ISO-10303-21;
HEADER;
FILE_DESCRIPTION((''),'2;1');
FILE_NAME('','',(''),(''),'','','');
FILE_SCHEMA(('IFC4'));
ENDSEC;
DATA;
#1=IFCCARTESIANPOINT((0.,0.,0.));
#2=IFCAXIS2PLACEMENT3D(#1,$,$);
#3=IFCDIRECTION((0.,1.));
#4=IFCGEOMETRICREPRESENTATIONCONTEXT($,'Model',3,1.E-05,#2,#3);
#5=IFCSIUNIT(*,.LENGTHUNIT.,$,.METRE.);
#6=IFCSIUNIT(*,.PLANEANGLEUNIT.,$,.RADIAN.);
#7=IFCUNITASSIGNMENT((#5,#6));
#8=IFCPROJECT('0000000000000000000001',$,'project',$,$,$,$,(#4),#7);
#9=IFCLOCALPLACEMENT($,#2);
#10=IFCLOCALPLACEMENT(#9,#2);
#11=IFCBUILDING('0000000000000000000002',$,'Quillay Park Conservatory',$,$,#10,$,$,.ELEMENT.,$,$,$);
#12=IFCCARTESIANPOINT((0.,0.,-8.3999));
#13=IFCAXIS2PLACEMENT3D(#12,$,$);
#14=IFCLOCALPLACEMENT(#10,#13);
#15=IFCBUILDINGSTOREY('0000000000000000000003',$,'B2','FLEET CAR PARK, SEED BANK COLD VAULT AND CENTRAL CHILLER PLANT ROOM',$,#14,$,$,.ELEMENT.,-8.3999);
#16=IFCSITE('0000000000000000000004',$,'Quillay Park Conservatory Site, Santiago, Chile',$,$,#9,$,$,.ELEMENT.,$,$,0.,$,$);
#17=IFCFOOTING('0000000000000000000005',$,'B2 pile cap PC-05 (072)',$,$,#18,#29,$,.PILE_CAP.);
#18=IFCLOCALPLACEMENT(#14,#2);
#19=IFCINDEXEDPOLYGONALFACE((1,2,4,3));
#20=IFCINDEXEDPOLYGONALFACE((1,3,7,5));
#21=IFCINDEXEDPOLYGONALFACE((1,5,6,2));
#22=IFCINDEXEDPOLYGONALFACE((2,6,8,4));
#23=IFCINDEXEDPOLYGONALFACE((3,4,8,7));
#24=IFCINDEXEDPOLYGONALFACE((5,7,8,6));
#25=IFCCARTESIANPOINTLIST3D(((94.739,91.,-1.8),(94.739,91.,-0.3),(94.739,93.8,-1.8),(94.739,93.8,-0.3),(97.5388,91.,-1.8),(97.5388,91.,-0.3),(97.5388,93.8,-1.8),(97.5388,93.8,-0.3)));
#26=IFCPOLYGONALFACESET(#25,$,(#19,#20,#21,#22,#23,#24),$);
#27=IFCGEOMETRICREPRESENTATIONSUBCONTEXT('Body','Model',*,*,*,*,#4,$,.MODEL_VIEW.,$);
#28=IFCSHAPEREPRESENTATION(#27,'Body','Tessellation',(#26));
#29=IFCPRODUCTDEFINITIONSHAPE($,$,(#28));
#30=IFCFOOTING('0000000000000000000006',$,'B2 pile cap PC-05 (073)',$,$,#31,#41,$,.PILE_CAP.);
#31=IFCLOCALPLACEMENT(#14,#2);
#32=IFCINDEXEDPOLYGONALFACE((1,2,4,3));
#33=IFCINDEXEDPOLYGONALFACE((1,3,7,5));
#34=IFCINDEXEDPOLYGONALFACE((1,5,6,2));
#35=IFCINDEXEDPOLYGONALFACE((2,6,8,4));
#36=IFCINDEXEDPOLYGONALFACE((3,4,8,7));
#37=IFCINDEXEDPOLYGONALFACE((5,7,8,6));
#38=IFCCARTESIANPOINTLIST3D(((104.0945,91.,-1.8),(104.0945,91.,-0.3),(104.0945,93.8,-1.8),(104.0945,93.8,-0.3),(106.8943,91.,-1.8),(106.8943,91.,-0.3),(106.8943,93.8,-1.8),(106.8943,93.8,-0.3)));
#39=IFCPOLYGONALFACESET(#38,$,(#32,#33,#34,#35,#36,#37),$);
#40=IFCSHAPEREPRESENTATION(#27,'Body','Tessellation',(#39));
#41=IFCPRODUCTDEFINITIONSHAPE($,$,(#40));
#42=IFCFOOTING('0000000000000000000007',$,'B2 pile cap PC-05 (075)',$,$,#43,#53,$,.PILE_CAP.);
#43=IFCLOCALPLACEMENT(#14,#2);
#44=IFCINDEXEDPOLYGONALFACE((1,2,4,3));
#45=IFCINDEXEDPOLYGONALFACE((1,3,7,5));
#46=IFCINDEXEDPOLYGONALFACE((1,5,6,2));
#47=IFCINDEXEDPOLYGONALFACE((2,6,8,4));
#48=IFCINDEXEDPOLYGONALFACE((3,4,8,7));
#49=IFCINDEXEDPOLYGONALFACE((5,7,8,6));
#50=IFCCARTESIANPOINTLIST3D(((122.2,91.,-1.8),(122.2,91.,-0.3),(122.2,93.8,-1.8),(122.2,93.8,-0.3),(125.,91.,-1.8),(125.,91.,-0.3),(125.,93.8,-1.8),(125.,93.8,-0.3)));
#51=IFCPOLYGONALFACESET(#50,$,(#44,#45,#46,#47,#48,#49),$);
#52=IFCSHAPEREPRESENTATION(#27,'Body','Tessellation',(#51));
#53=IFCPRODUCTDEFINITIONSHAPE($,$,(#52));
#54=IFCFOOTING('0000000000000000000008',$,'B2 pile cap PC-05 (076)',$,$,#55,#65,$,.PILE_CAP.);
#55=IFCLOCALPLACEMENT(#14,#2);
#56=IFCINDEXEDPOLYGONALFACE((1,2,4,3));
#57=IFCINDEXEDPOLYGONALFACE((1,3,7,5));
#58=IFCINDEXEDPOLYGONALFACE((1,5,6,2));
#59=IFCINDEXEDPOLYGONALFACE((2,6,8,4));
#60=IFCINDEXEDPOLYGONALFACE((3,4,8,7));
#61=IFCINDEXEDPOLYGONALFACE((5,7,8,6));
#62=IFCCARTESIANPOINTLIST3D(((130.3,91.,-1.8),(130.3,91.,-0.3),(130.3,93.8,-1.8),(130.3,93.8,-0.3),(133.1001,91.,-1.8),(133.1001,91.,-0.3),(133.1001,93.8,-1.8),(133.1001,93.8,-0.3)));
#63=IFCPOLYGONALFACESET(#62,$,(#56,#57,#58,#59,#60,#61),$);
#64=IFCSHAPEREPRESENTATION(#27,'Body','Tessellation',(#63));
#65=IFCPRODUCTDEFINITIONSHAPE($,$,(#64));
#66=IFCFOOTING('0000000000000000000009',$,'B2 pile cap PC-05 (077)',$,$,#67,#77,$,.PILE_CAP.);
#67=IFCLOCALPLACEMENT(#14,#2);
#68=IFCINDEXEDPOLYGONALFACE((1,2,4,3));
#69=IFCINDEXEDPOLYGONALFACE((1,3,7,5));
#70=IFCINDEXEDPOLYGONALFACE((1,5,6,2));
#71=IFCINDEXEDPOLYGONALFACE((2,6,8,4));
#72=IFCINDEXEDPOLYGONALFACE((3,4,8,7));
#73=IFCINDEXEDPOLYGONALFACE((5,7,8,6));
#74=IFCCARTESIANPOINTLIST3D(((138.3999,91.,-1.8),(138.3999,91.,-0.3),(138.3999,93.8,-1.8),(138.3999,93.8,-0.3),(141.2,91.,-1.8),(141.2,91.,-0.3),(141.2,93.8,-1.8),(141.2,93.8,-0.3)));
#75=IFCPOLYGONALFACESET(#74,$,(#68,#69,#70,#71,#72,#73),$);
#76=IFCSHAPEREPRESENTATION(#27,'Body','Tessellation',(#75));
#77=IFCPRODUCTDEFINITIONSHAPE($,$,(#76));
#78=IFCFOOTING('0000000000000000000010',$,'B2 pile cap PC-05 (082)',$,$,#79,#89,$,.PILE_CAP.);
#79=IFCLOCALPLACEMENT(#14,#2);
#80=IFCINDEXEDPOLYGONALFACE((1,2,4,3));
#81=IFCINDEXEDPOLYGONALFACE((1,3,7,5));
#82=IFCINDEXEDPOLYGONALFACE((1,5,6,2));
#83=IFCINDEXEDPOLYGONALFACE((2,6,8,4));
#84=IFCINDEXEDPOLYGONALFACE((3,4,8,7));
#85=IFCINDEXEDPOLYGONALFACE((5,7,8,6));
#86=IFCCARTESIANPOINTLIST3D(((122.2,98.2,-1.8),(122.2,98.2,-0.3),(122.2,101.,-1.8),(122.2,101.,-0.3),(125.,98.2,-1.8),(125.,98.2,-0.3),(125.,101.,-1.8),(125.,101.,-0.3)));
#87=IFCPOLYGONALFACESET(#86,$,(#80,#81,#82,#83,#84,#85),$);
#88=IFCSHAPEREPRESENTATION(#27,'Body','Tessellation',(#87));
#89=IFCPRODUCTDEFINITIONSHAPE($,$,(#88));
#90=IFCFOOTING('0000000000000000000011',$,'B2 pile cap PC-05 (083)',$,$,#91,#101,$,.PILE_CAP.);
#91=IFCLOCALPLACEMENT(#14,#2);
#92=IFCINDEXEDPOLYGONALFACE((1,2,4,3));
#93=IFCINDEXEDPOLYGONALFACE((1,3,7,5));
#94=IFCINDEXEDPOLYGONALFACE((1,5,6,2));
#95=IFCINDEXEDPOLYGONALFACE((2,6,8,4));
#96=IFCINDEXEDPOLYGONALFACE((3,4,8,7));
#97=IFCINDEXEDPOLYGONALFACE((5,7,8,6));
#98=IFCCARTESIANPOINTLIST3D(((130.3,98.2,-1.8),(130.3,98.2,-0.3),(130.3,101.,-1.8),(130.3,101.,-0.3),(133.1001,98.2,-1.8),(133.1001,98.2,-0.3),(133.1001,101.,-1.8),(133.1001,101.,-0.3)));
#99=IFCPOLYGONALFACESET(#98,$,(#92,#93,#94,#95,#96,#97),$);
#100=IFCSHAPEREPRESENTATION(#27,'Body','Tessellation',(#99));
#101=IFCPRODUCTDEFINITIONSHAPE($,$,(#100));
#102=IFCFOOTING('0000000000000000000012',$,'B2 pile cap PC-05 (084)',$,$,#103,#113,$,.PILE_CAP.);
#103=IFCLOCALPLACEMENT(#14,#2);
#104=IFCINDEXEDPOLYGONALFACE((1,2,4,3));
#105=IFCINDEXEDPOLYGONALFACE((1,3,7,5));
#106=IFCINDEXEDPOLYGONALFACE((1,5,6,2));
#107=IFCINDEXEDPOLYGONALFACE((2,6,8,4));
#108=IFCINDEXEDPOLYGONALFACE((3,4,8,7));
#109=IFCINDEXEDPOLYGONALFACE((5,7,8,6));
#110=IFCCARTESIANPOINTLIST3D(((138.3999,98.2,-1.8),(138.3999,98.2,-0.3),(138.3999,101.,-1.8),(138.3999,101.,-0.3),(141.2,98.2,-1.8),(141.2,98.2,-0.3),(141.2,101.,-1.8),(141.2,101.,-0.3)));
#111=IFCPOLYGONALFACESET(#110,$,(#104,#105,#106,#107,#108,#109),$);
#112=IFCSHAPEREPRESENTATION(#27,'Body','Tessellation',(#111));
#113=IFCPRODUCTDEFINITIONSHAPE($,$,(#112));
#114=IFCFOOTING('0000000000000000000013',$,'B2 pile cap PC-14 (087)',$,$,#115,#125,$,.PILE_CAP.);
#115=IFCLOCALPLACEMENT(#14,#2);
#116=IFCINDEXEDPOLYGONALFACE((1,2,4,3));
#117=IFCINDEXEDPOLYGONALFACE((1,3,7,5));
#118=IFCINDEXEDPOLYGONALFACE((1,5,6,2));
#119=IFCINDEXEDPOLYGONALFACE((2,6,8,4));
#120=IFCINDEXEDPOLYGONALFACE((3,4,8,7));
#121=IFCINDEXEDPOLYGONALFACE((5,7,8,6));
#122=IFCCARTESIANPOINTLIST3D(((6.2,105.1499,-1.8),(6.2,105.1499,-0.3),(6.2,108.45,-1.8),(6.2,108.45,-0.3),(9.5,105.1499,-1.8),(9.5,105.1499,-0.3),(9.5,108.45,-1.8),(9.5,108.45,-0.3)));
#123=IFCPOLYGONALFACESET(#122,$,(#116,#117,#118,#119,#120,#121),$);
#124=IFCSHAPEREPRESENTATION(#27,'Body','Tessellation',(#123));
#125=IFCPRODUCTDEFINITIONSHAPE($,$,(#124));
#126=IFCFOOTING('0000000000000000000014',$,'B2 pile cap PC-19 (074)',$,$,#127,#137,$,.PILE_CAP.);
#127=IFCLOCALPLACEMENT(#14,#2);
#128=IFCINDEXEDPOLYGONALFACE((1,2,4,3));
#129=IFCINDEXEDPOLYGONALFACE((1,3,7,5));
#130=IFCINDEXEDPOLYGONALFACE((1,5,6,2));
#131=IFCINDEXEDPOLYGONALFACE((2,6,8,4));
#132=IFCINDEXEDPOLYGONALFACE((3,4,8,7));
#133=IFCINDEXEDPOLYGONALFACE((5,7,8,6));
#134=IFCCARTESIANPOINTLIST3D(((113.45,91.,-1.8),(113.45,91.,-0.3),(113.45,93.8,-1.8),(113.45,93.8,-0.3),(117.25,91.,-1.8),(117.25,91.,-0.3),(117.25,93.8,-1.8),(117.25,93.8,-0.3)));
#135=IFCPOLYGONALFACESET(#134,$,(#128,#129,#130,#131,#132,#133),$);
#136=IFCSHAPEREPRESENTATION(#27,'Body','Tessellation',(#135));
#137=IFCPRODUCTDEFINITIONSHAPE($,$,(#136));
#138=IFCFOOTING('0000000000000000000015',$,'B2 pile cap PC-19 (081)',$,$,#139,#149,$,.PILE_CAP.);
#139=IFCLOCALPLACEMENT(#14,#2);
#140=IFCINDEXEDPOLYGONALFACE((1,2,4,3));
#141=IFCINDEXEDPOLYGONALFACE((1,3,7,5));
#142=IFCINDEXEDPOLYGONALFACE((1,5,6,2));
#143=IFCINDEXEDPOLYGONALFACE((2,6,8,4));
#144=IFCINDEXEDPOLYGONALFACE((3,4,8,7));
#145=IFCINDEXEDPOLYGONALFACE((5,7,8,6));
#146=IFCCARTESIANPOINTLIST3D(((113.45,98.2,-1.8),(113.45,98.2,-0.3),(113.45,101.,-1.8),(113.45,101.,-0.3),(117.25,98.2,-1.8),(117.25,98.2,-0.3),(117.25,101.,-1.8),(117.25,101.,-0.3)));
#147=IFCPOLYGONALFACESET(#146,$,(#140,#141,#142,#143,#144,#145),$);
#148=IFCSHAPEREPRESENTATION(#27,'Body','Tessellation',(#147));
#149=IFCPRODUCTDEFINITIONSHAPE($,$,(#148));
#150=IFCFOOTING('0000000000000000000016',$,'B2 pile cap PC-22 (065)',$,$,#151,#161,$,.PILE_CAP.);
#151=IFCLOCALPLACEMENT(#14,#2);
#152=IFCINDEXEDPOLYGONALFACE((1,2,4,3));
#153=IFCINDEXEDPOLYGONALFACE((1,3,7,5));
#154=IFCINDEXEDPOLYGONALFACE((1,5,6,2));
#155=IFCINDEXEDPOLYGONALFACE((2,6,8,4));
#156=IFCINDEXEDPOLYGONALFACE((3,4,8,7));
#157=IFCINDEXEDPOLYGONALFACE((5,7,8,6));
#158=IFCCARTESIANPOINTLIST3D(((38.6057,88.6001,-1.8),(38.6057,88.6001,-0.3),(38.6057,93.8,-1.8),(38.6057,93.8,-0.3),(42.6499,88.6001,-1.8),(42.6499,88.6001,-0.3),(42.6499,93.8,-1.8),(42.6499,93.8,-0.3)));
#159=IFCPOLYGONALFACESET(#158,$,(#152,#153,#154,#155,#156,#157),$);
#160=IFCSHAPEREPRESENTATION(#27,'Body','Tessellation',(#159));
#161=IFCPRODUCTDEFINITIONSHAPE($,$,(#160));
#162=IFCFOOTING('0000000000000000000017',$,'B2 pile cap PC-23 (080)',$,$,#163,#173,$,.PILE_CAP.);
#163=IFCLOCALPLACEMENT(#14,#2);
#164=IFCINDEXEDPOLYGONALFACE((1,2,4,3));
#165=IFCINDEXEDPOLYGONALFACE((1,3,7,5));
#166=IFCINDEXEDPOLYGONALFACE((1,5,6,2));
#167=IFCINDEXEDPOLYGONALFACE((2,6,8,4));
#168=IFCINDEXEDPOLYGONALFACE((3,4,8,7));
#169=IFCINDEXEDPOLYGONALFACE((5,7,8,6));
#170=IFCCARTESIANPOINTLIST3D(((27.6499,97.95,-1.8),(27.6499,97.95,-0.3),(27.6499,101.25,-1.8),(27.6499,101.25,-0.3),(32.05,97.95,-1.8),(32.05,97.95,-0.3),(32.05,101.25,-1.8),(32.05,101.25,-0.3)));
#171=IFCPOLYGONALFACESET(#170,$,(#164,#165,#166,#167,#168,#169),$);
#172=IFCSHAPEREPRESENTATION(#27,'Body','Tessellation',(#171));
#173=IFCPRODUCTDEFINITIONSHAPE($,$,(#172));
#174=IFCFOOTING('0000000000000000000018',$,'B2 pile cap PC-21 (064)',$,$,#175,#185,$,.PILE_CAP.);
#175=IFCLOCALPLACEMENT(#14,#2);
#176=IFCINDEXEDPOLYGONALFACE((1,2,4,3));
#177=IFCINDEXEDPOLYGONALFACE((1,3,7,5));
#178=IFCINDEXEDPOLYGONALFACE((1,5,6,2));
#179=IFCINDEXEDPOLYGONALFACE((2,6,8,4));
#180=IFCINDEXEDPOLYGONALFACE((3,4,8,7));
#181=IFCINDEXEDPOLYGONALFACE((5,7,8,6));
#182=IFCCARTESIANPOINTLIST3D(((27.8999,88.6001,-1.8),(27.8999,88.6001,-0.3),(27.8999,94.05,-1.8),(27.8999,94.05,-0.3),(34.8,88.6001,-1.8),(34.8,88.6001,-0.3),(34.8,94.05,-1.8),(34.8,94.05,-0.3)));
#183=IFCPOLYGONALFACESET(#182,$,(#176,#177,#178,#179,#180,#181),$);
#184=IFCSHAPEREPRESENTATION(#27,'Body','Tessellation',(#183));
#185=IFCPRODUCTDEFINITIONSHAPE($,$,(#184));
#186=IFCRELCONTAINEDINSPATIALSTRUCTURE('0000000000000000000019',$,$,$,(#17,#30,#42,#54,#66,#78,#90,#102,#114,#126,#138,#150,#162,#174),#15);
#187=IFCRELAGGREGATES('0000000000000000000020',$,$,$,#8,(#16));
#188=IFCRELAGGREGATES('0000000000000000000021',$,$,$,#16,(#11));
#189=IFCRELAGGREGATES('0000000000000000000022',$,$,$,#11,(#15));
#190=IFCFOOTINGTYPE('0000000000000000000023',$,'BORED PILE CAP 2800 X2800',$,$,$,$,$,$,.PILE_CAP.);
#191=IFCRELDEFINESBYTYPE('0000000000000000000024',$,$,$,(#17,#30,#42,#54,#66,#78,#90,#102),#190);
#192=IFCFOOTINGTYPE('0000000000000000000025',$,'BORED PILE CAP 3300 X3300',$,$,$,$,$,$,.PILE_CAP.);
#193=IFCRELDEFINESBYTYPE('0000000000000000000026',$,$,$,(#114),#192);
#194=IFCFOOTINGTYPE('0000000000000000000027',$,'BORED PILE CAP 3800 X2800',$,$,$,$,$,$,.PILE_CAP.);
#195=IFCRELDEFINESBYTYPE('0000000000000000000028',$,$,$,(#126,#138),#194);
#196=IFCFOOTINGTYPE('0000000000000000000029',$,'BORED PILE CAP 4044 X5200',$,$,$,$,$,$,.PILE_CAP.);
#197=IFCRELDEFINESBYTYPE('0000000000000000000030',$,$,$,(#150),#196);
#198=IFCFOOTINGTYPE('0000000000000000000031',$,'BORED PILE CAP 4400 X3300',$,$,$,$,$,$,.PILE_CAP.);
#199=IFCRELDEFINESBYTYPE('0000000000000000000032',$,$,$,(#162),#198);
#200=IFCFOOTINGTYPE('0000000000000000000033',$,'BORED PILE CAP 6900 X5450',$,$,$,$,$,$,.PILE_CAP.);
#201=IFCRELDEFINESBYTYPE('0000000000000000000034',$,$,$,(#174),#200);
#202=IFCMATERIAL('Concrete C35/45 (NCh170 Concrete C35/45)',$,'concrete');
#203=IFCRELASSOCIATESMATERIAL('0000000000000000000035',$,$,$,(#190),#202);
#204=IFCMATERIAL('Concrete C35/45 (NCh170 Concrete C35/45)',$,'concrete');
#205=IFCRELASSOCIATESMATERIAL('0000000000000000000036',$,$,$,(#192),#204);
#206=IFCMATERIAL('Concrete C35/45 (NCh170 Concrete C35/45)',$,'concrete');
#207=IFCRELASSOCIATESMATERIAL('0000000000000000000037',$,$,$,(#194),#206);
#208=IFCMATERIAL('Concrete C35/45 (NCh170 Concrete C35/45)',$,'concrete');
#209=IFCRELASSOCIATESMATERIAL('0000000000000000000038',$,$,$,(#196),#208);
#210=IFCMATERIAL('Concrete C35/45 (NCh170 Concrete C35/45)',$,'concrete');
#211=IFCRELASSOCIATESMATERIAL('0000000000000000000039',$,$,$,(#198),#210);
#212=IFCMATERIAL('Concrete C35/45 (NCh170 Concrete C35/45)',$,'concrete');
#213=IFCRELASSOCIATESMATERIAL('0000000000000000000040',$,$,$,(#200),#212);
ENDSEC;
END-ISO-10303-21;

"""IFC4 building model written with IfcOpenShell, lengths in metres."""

from ifc_helpers import new_model, si_unit, direction, frame, origin, place, context, subcontext, project, spatial, polyline, outline, extrude, material, type_object, element, save


model = new_model("IFC4")

# Units and contexts
model_context = context("Model", 3, precision=1e-05, world=origin(), true_north=direction((0.0, 1.0)))
body_context = subcontext(model_context, "Body", "Model", "MODEL_VIEW")
ifc_project = project(units=[si_unit("LENGTHUNIT", "METRE"), si_unit("PLANEANGLEUNIT", "RADIAN")], contexts=[model_context])

# Site, building, storey
site_placement = place(None, origin())
site = spatial("IfcSite", under=ifc_project, at=site_placement, Name="Quillay Park Conservatory Site, Santiago, Chile", CompositionType="ELEMENT", RefElevation=0.0)
building_placement = place(site_placement, origin())
building = spatial("IfcBuilding", under=site, at=building_placement, Name="Quillay Park Conservatory", CompositionType="ELEMENT")
storey_placement = place(building_placement, frame((0.0, 0.0, -8.3999)))
storey = spatial("IfcBuildingStorey", under=building, at=storey_placement, Name="B2", Description="FLEET CAR PARK, SEED BANK COLD VAULT AND CENTRAL CHILLER PLANT ROOM", CompositionType="ELEMENT", Elevation=-8.3999)

# Footings
ifc_material_1 = material(Name="Concrete C35/45 (NCh170 Concrete C35/45)", Category="concrete")
footing_type_1 = type_object("IfcFootingType", Name="BORED PILE CAP 2800 X2800", PredefinedType="PILE_CAP", material=ifc_material_1)
footing_1_placement = place(storey_placement, frame((0.0, 0.0, -1.8)))
element("IfcFooting", 1, at=footing_1_placement, inside=storey, type_object=footing_type_1, Name="B2 pile cap PC-05 (072)", PredefinedType="PILE_CAP", context=body_context, shape_type="SweptSolid", body=[
    extrude(outline(polyline([(94.739, 91.0), (97.5388, 91.0), (97.5388, 93.8), (94.739, 93.8), (94.739, 91.0)])), origin(), (0.0, 0.0, 1.0), 1.5),
])
footing_2_placement = place(storey_placement, frame((0.0, 0.0, -1.8)))
element("IfcFooting", 2, at=footing_2_placement, inside=storey, type_object=footing_type_1, Name="B2 pile cap PC-05 (073)", PredefinedType="PILE_CAP", context=body_context, shape_type="SweptSolid", body=[
    extrude(outline(polyline([(104.0945, 91.0), (106.8943, 91.0), (106.8943, 93.8), (104.0945, 93.8), (104.0945, 91.0)])), origin(), (0.0, 0.0, 1.0), 1.5),
])
footing_3_placement = place(storey_placement, frame((0.0, 0.0, -1.8)))
element("IfcFooting", 3, at=footing_3_placement, inside=storey, type_object=footing_type_1, Name="B2 pile cap PC-05 (075)", PredefinedType="PILE_CAP", context=body_context, shape_type="SweptSolid", body=[
    extrude(outline(polyline([(122.2, 91.0), (125.0, 91.0), (125.0, 93.8), (122.2, 93.8), (122.2, 91.0)])), origin(), (0.0, 0.0, 1.0), 1.5),
])
footing_4_placement = place(storey_placement, frame((0.0, 0.0, -1.8)))
element("IfcFooting", 4, at=footing_4_placement, inside=storey, type_object=footing_type_1, Name="B2 pile cap PC-05 (076)", PredefinedType="PILE_CAP", context=body_context, shape_type="SweptSolid", body=[
    extrude(outline(polyline([(130.3, 91.0), (133.1001, 91.0), (133.1001, 93.8), (130.3, 93.8), (130.3, 91.0)])), origin(), (0.0, 0.0, 1.0), 1.5),
])
footing_5_placement = place(storey_placement, frame((0.0, 0.0, -1.8)))
element("IfcFooting", 5, at=footing_5_placement, inside=storey, type_object=footing_type_1, Name="B2 pile cap PC-05 (077)", PredefinedType="PILE_CAP", context=body_context, shape_type="SweptSolid", body=[
    extrude(outline(polyline([(138.3999, 91.0), (141.2, 91.0), (141.2, 93.8), (138.3999, 93.8), (138.3999, 91.0)])), origin(), (0.0, 0.0, 1.0), 1.5),
])
footing_6_placement = place(storey_placement, frame((0.0, 0.0, -1.8)))
element("IfcFooting", 6, at=footing_6_placement, inside=storey, type_object=footing_type_1, Name="B2 pile cap PC-05 (082)", PredefinedType="PILE_CAP", context=body_context, shape_type="SweptSolid", body=[
    extrude(outline(polyline([(122.2, 98.2), (125.0, 98.2), (125.0, 101.0), (122.2, 101.0), (122.2, 98.2)])), origin(), (0.0, 0.0, 1.0), 1.5),
])
footing_7_placement = place(storey_placement, frame((0.0, 0.0, -1.8)))
element("IfcFooting", 7, at=footing_7_placement, inside=storey, type_object=footing_type_1, Name="B2 pile cap PC-05 (083)", PredefinedType="PILE_CAP", context=body_context, shape_type="SweptSolid", body=[
    extrude(outline(polyline([(130.3, 98.2), (133.1001, 98.2), (133.1001, 101.0), (130.3, 101.0), (130.3, 98.2)])), origin(), (0.0, 0.0, 1.0), 1.5),
])
footing_8_placement = place(storey_placement, frame((0.0, 0.0, -1.8)))
element("IfcFooting", 8, at=footing_8_placement, inside=storey, type_object=footing_type_1, Name="B2 pile cap PC-05 (084)", PredefinedType="PILE_CAP", context=body_context, shape_type="SweptSolid", body=[
    extrude(outline(polyline([(138.3999, 98.2), (141.2, 98.2), (141.2, 101.0), (138.3999, 101.0), (138.3999, 98.2)])), origin(), (0.0, 0.0, 1.0), 1.5),
])
ifc_material_2 = material(Name="Concrete C35/45 (NCh170 Concrete C35/45)", Category="concrete")
footing_type_2 = type_object("IfcFootingType", Name="BORED PILE CAP 3300 X3300", PredefinedType="PILE_CAP", material=ifc_material_2)
footing_9_placement = place(storey_placement, frame((0.0, 0.0, -1.8)))
element("IfcFooting", 9, at=footing_9_placement, inside=storey, type_object=footing_type_2, Name="B2 pile cap PC-14 (087)", PredefinedType="PILE_CAP", context=body_context, shape_type="SweptSolid", body=[
    extrude(outline(polyline([(6.2, 105.1499), (9.5, 105.1499), (9.5, 108.45), (6.2, 108.45), (6.2, 105.1499)])), origin(), (0.0, 0.0, 1.0), 1.5),
])
ifc_material_3 = material(Name="Concrete C35/45 (NCh170 Concrete C35/45)", Category="concrete")
footing_type_3 = type_object("IfcFootingType", Name="BORED PILE CAP 3800 X2800", PredefinedType="PILE_CAP", material=ifc_material_3)
footing_10_placement = place(storey_placement, frame((0.0, 0.0, -1.8)))
element("IfcFooting", 10, at=footing_10_placement, inside=storey, type_object=footing_type_3, Name="B2 pile cap PC-19 (074)", PredefinedType="PILE_CAP", context=body_context, shape_type="SweptSolid", body=[
    extrude(outline(polyline([(113.45, 91.0), (117.25, 91.0), (117.25, 93.8), (113.45, 93.8), (113.45, 91.0)])), origin(), (0.0, 0.0, 1.0), 1.5),
])
footing_11_placement = place(storey_placement, frame((0.0, 0.0, -1.8)))
element("IfcFooting", 11, at=footing_11_placement, inside=storey, type_object=footing_type_3, Name="B2 pile cap PC-19 (081)", PredefinedType="PILE_CAP", context=body_context, shape_type="SweptSolid", body=[
    extrude(outline(polyline([(113.45, 98.2), (117.25, 98.2), (117.25, 101.0), (113.45, 101.0), (113.45, 98.2)])), origin(), (0.0, 0.0, 1.0), 1.5),
])
ifc_material_4 = material(Name="Concrete C35/45 (NCh170 Concrete C35/45)", Category="concrete")
footing_type_4 = type_object("IfcFootingType", Name="BORED PILE CAP 4044 X5200", PredefinedType="PILE_CAP", material=ifc_material_4)
footing_12_placement = place(storey_placement, frame((0.0, 0.0, -1.8)))
element("IfcFooting", 12, at=footing_12_placement, inside=storey, type_object=footing_type_4, Name="B2 pile cap PC-22 (065)", PredefinedType="PILE_CAP", context=body_context, shape_type="SweptSolid", body=[
    extrude(outline(polyline([(38.6057, 88.6001), (42.6499, 88.6001), (42.6499, 93.8), (38.6057, 93.8), (38.6057, 88.6001)])), origin(), (0.0, 0.0, 1.0), 1.5),
])
ifc_material_5 = material(Name="Concrete C35/45 (NCh170 Concrete C35/45)", Category="concrete")
footing_type_5 = type_object("IfcFootingType", Name="BORED PILE CAP 4400 X3300", PredefinedType="PILE_CAP", material=ifc_material_5)
footing_13_placement = place(storey_placement, frame((0.0, 0.0, -1.8)))
element("IfcFooting", 13, at=footing_13_placement, inside=storey, type_object=footing_type_5, Name="B2 pile cap PC-23 (080)", PredefinedType="PILE_CAP", context=body_context, shape_type="SweptSolid", body=[
    extrude(outline(polyline([(27.6499, 97.95), (32.05, 97.95), (32.05, 101.25), (27.6499, 101.25), (27.6499, 97.95)])), origin(), (0.0, 0.0, 1.0), 1.5),
])
ifc_material_6 = material(Name="Concrete C35/45 (NCh170 Concrete C35/45)", Category="concrete")
footing_type_6 = type_object("IfcFootingType", Name="BORED PILE CAP 6900 X5450", PredefinedType="PILE_CAP", material=ifc_material_6)
footing_14_placement = place(storey_placement, frame((0.0, 0.0, -1.8)))
element("IfcFooting", 14, at=footing_14_placement, inside=storey, type_object=footing_type_6, Name="B2 pile cap PC-21 (064)", PredefinedType="PILE_CAP", context=body_context, shape_type="SweptSolid", body=[
    extrude(outline(polyline([(27.8999, 88.6001), (34.8, 88.6001), (34.8, 94.05), (27.8999, 94.05), (27.8999, 88.6001)])), origin(), (0.0, 0.0, 1.0), 1.5),
])

save(model, "model.ifc")
